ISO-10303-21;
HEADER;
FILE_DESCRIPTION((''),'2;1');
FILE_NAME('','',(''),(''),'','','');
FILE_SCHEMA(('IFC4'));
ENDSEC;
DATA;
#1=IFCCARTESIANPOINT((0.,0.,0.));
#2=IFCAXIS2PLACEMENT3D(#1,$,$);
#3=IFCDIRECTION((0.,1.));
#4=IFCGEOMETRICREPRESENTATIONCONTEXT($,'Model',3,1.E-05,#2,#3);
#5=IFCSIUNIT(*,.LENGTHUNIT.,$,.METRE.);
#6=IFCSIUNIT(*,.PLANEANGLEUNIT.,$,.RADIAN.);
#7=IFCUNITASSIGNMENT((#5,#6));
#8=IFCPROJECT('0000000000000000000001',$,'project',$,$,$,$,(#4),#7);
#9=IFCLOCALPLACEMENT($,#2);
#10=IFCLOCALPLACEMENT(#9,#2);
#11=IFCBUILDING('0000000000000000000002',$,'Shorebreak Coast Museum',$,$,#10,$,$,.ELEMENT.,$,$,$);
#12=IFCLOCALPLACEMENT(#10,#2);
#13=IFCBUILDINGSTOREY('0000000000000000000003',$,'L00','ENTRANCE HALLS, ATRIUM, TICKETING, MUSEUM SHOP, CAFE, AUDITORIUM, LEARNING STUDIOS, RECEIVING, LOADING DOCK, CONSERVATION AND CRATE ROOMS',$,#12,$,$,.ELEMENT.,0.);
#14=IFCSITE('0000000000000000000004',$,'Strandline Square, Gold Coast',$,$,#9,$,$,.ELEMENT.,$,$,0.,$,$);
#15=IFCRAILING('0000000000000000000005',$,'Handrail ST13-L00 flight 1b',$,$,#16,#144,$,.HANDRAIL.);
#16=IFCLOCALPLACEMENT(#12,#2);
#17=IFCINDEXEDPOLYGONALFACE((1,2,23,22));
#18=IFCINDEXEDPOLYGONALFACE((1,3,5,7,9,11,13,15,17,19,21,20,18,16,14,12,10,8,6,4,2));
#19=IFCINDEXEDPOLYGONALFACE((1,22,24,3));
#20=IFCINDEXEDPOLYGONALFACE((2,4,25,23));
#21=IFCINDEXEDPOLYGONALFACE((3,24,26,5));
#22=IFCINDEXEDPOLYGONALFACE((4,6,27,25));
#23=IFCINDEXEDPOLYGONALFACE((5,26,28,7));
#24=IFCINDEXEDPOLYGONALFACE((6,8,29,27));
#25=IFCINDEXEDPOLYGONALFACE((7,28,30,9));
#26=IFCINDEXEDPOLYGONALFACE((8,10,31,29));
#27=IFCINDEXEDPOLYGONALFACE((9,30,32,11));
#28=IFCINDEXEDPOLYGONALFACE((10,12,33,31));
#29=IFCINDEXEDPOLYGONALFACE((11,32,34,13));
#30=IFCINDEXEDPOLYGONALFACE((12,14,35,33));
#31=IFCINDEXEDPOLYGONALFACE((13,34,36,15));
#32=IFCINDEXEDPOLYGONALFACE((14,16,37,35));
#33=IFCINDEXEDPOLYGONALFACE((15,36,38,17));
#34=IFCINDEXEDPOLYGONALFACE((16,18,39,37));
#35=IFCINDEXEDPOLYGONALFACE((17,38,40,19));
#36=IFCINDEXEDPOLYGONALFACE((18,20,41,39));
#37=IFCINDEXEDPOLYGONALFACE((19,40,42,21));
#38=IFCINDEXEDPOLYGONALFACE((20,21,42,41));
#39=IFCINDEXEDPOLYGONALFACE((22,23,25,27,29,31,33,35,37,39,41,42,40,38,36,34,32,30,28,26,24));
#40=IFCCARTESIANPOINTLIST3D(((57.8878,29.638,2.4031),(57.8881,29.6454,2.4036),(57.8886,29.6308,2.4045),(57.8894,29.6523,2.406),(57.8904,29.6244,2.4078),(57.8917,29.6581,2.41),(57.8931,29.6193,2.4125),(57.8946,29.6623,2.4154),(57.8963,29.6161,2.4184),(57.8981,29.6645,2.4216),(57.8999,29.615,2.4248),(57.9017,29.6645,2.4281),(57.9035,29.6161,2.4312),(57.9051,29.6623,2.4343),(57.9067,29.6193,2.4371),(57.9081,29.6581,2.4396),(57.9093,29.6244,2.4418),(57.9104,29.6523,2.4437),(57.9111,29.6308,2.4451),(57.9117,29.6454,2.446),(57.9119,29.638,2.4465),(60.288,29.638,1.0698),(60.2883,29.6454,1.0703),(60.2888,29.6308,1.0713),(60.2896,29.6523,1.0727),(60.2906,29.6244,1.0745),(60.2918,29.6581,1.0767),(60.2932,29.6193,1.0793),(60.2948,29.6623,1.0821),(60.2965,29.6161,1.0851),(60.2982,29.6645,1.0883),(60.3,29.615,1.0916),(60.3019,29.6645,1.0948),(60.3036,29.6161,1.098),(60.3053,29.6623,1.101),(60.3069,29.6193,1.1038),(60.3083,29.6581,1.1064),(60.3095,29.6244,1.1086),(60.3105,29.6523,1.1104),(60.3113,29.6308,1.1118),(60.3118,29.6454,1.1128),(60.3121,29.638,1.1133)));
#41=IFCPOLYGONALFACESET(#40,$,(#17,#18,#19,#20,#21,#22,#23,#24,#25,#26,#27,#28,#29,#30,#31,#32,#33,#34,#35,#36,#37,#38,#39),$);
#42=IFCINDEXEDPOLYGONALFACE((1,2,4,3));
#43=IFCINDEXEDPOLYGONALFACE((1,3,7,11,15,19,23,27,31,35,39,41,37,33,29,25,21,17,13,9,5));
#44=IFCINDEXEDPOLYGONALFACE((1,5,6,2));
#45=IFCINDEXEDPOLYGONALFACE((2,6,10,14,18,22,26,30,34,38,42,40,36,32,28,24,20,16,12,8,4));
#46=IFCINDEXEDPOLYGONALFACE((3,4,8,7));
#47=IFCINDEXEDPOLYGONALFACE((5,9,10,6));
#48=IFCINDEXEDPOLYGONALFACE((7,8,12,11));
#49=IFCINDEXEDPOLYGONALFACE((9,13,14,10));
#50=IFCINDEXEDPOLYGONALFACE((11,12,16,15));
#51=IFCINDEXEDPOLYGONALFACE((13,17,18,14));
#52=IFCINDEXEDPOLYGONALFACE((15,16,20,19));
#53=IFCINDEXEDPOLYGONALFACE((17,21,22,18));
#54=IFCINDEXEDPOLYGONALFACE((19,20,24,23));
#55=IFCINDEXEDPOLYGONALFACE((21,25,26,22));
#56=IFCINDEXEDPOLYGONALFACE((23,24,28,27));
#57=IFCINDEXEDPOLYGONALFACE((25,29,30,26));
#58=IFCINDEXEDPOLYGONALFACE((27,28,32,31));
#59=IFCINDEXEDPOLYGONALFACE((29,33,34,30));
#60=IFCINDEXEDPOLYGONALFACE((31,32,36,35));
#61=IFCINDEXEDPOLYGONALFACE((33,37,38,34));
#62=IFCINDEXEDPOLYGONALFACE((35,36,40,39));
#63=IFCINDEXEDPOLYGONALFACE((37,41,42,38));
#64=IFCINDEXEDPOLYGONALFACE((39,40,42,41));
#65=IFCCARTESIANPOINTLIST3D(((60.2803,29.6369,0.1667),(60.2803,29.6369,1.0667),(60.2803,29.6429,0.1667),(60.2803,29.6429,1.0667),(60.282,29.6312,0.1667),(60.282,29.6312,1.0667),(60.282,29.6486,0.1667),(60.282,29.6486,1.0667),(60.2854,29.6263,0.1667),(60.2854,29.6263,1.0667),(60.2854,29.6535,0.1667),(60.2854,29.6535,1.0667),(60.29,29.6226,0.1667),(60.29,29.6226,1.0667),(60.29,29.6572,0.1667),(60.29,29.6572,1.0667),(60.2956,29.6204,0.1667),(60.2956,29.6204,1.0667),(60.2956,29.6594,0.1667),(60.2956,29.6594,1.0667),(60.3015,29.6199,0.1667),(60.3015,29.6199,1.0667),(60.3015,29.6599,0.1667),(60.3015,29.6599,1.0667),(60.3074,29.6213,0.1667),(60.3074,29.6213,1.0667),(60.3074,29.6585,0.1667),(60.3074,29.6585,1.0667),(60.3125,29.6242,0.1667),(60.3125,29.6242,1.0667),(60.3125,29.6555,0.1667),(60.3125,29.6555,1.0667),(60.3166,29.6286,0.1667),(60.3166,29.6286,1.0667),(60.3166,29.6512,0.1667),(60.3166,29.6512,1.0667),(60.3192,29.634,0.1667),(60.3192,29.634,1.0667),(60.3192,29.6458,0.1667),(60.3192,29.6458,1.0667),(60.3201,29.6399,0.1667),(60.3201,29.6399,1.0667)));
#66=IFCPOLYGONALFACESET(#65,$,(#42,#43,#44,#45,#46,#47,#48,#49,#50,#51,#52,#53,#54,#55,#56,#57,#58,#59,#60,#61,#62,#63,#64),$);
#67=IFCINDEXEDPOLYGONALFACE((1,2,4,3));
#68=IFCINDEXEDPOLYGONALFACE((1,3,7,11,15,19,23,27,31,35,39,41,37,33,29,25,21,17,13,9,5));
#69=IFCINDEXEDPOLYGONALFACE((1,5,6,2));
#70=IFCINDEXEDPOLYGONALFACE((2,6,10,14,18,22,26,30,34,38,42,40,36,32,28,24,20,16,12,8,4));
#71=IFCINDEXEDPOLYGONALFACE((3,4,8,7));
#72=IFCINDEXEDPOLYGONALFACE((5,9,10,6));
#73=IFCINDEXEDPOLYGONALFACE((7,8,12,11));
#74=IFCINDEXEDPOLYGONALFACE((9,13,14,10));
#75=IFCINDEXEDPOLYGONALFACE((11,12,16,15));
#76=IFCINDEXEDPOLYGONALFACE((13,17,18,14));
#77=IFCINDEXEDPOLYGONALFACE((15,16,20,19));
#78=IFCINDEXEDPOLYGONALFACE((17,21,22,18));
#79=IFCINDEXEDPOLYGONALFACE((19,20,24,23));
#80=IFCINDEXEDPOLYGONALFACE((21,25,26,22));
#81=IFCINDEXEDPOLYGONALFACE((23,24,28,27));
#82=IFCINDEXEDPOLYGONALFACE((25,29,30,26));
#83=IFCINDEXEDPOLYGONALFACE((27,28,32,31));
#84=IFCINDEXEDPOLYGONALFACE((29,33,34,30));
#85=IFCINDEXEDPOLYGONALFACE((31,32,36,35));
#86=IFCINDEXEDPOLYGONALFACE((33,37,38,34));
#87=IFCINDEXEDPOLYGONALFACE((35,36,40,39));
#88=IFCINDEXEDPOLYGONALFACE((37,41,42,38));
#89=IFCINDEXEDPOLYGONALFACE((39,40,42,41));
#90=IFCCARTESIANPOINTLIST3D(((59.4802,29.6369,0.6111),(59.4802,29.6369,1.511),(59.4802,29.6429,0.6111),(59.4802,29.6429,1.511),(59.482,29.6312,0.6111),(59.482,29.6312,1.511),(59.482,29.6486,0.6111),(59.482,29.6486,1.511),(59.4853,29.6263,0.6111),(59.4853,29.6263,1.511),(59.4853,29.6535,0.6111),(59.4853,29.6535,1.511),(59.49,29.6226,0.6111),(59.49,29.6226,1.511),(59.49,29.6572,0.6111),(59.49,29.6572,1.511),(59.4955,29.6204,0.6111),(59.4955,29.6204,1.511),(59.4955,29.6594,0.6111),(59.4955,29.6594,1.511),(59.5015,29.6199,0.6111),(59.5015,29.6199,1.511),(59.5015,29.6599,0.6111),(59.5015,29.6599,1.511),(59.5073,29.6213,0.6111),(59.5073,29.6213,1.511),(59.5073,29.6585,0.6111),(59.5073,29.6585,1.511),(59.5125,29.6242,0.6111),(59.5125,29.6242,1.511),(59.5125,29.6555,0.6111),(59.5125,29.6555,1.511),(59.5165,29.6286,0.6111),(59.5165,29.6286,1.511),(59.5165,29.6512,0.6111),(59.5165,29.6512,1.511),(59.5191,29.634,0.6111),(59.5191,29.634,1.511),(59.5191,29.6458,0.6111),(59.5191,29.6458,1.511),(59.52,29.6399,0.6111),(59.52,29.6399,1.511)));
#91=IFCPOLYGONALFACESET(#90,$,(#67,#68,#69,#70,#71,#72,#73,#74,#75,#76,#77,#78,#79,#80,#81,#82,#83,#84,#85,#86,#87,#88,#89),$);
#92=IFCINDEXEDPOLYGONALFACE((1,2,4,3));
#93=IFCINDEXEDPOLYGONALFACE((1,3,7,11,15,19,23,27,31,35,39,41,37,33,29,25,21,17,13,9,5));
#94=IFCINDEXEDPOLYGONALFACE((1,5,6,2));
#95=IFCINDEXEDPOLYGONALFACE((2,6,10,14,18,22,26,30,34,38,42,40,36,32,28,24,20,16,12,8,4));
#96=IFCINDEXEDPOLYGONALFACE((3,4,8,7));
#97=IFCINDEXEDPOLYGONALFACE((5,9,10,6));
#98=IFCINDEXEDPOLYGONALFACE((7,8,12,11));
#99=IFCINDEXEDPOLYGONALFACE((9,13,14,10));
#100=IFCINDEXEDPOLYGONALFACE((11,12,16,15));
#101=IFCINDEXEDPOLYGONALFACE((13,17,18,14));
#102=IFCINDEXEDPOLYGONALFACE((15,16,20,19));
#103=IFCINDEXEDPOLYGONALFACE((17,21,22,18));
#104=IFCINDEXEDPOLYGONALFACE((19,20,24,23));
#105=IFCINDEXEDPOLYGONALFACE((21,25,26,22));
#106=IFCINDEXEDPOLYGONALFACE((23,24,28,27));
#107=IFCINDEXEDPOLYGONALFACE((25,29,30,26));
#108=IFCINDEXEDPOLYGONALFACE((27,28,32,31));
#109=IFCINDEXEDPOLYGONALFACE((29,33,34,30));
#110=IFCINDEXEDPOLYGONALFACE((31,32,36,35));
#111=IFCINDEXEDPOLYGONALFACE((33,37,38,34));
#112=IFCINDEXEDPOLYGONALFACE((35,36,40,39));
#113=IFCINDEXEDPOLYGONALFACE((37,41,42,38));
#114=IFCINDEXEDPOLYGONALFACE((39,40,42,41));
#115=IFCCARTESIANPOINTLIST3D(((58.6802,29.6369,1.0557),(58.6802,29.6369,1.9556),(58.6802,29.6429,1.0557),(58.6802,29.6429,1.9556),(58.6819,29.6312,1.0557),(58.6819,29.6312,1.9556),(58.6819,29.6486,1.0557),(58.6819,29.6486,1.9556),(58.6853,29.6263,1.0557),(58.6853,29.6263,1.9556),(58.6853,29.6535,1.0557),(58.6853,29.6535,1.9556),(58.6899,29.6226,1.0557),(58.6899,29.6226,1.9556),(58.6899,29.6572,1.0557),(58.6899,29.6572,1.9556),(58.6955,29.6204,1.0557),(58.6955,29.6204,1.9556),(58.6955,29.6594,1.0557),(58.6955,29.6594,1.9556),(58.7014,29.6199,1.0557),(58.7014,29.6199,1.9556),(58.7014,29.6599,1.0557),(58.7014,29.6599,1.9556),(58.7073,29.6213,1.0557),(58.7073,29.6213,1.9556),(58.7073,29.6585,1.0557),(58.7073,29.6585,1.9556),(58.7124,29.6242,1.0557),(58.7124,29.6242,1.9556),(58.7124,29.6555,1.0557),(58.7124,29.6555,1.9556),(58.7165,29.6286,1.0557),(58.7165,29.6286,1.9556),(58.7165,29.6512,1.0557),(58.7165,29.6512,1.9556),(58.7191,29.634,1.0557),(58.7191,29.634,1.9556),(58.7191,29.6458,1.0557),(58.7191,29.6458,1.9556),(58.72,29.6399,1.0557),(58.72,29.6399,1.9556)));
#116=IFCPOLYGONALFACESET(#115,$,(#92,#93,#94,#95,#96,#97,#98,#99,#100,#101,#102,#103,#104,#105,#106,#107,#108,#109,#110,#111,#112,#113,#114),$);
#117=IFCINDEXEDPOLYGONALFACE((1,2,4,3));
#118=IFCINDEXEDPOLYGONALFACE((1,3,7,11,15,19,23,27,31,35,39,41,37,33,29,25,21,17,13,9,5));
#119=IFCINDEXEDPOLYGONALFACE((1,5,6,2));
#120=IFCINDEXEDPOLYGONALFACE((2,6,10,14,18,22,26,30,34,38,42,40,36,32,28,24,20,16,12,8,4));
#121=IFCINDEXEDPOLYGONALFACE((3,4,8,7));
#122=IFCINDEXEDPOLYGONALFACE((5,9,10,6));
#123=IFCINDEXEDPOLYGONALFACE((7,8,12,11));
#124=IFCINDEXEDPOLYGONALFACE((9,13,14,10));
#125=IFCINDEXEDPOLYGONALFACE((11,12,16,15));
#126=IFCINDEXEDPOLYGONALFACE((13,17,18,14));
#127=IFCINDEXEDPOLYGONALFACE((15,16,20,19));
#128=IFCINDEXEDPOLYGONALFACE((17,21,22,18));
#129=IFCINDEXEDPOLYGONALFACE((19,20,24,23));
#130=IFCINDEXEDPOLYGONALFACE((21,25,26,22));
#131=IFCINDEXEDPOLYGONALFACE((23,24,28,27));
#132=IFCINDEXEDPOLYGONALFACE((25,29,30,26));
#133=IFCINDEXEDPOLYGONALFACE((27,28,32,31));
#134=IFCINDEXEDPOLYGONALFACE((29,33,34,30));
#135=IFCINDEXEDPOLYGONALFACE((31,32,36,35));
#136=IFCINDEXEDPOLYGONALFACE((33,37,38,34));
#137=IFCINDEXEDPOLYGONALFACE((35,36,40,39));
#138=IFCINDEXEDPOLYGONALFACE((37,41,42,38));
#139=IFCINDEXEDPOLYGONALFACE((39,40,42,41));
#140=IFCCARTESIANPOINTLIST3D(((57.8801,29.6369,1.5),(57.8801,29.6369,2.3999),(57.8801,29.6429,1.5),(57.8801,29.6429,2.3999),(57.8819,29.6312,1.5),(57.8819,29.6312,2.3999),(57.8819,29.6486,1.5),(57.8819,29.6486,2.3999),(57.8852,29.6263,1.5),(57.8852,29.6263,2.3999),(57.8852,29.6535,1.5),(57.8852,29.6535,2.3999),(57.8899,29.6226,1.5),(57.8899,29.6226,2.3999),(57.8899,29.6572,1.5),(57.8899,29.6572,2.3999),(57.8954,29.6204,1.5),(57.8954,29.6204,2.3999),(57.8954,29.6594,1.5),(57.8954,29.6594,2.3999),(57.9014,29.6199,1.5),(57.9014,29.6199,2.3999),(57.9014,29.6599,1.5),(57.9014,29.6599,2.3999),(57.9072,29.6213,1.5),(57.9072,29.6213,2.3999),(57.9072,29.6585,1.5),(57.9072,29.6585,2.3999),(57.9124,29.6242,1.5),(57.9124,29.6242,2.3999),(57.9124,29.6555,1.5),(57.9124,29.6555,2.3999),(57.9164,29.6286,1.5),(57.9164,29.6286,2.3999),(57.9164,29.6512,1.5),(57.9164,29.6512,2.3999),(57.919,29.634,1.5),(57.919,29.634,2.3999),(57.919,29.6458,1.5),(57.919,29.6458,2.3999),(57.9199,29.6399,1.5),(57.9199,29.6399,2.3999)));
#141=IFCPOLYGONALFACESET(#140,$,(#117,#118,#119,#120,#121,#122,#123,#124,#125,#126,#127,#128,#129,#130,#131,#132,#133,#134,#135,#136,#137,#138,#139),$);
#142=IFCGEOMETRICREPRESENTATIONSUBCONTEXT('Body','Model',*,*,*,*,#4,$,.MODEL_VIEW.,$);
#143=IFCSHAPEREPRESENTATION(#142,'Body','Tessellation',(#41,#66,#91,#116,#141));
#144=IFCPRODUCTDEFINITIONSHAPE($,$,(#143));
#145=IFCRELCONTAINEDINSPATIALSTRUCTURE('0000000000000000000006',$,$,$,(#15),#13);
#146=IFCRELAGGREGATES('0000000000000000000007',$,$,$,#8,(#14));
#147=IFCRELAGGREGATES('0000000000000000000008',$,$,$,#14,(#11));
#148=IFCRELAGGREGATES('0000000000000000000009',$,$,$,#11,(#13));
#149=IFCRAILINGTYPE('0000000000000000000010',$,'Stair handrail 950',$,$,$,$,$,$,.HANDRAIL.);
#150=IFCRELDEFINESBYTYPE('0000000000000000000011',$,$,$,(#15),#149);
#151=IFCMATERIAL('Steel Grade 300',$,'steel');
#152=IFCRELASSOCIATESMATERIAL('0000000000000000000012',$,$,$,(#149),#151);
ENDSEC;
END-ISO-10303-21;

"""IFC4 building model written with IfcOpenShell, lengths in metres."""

from ifc_helpers import new_model, si_unit, direction, frame, origin, origin_2d, place, context, subcontext, project, spatial, circle, extrude, material, type_object, element, save


model = new_model("IFC4")

# Units and contexts
model_context = context("Model", 3, precision=1e-05, world=origin(), true_north=direction((0.0, 1.0)))
body_context = subcontext(model_context, "Body", "Model", "MODEL_VIEW")
ifc_project = project(units=[si_unit("LENGTHUNIT", "METRE"), si_unit("PLANEANGLEUNIT", "RADIAN")], contexts=[model_context])

# Site, building, storey
site_placement = place(None, origin())
site = spatial("IfcSite", under=ifc_project, at=site_placement, Name="Strandline Square, Gold Coast", CompositionType="ELEMENT", RefElevation=0.0)
building_placement = place(site_placement, origin())
building = spatial("IfcBuilding", under=site, at=building_placement, Name="Shorebreak Coast Museum", CompositionType="ELEMENT")
storey_placement = place(building_placement, origin())
storey = spatial("IfcBuildingStorey", under=building, at=storey_placement, Name="L00", Description="ENTRANCE HALLS, ATRIUM, TICKETING, MUSEUM SHOP, CAFE, AUDITORIUM, LEARNING STUDIOS, RECEIVING, LOADING DOCK, CONSERVATION AND CRATE ROOMS", CompositionType="ELEMENT", Elevation=0.0)

# Railing
ifc_material_1 = material(Name="Steel Grade 300", Category="steel")
railing_type_1 = type_object("IfcRailingType", Name="Stair handrail 950", PredefinedType="HANDRAIL", material=ifc_material_1)
for number, where, name in (
    (1, (60.3, 29.6399, 0.1667), "Handrail ST13-L00 flight 1b"),
):
    element("IfcRailing", number, at=place(storey_placement, frame(where)), inside=storey, type_object=railing_type_1, Name=name, PredefinedType="HANDRAIL", context=body_context, shape_type="SweptSolid", body=[
        extrude(circle(Radius=0.0249, at=origin_2d()), frame((0.0, 0.0, 0.9248), z_axis=(-0.874182, 0.0, 0.485598), x_axis=(0.0, -1.0, 0.0)), (0.0, 0.0, 1.0), 2.7456),
        extrude(circle(Radius=0.02, at=origin_2d()), origin(), (0.0, 0.0, 1.0), 0.8999),
        extrude(circle(Radius=0.02, at=origin_2d()), frame((-0.8, 0.0, 0.4443)), (0.0, 0.0, 1.0), 0.8999),
        extrude(circle(Radius=0.02, at=origin_2d()), frame((-1.6001, 0.0, 0.8889)), (0.0, 0.0, 1.0), 0.8999),
        extrude(circle(Radius=0.02, at=origin_2d()), frame((-2.4001, 0.0, 1.3333)), (0.0, 0.0, 1.0), 0.8999),
    ])

save(model, "model.ifc")
